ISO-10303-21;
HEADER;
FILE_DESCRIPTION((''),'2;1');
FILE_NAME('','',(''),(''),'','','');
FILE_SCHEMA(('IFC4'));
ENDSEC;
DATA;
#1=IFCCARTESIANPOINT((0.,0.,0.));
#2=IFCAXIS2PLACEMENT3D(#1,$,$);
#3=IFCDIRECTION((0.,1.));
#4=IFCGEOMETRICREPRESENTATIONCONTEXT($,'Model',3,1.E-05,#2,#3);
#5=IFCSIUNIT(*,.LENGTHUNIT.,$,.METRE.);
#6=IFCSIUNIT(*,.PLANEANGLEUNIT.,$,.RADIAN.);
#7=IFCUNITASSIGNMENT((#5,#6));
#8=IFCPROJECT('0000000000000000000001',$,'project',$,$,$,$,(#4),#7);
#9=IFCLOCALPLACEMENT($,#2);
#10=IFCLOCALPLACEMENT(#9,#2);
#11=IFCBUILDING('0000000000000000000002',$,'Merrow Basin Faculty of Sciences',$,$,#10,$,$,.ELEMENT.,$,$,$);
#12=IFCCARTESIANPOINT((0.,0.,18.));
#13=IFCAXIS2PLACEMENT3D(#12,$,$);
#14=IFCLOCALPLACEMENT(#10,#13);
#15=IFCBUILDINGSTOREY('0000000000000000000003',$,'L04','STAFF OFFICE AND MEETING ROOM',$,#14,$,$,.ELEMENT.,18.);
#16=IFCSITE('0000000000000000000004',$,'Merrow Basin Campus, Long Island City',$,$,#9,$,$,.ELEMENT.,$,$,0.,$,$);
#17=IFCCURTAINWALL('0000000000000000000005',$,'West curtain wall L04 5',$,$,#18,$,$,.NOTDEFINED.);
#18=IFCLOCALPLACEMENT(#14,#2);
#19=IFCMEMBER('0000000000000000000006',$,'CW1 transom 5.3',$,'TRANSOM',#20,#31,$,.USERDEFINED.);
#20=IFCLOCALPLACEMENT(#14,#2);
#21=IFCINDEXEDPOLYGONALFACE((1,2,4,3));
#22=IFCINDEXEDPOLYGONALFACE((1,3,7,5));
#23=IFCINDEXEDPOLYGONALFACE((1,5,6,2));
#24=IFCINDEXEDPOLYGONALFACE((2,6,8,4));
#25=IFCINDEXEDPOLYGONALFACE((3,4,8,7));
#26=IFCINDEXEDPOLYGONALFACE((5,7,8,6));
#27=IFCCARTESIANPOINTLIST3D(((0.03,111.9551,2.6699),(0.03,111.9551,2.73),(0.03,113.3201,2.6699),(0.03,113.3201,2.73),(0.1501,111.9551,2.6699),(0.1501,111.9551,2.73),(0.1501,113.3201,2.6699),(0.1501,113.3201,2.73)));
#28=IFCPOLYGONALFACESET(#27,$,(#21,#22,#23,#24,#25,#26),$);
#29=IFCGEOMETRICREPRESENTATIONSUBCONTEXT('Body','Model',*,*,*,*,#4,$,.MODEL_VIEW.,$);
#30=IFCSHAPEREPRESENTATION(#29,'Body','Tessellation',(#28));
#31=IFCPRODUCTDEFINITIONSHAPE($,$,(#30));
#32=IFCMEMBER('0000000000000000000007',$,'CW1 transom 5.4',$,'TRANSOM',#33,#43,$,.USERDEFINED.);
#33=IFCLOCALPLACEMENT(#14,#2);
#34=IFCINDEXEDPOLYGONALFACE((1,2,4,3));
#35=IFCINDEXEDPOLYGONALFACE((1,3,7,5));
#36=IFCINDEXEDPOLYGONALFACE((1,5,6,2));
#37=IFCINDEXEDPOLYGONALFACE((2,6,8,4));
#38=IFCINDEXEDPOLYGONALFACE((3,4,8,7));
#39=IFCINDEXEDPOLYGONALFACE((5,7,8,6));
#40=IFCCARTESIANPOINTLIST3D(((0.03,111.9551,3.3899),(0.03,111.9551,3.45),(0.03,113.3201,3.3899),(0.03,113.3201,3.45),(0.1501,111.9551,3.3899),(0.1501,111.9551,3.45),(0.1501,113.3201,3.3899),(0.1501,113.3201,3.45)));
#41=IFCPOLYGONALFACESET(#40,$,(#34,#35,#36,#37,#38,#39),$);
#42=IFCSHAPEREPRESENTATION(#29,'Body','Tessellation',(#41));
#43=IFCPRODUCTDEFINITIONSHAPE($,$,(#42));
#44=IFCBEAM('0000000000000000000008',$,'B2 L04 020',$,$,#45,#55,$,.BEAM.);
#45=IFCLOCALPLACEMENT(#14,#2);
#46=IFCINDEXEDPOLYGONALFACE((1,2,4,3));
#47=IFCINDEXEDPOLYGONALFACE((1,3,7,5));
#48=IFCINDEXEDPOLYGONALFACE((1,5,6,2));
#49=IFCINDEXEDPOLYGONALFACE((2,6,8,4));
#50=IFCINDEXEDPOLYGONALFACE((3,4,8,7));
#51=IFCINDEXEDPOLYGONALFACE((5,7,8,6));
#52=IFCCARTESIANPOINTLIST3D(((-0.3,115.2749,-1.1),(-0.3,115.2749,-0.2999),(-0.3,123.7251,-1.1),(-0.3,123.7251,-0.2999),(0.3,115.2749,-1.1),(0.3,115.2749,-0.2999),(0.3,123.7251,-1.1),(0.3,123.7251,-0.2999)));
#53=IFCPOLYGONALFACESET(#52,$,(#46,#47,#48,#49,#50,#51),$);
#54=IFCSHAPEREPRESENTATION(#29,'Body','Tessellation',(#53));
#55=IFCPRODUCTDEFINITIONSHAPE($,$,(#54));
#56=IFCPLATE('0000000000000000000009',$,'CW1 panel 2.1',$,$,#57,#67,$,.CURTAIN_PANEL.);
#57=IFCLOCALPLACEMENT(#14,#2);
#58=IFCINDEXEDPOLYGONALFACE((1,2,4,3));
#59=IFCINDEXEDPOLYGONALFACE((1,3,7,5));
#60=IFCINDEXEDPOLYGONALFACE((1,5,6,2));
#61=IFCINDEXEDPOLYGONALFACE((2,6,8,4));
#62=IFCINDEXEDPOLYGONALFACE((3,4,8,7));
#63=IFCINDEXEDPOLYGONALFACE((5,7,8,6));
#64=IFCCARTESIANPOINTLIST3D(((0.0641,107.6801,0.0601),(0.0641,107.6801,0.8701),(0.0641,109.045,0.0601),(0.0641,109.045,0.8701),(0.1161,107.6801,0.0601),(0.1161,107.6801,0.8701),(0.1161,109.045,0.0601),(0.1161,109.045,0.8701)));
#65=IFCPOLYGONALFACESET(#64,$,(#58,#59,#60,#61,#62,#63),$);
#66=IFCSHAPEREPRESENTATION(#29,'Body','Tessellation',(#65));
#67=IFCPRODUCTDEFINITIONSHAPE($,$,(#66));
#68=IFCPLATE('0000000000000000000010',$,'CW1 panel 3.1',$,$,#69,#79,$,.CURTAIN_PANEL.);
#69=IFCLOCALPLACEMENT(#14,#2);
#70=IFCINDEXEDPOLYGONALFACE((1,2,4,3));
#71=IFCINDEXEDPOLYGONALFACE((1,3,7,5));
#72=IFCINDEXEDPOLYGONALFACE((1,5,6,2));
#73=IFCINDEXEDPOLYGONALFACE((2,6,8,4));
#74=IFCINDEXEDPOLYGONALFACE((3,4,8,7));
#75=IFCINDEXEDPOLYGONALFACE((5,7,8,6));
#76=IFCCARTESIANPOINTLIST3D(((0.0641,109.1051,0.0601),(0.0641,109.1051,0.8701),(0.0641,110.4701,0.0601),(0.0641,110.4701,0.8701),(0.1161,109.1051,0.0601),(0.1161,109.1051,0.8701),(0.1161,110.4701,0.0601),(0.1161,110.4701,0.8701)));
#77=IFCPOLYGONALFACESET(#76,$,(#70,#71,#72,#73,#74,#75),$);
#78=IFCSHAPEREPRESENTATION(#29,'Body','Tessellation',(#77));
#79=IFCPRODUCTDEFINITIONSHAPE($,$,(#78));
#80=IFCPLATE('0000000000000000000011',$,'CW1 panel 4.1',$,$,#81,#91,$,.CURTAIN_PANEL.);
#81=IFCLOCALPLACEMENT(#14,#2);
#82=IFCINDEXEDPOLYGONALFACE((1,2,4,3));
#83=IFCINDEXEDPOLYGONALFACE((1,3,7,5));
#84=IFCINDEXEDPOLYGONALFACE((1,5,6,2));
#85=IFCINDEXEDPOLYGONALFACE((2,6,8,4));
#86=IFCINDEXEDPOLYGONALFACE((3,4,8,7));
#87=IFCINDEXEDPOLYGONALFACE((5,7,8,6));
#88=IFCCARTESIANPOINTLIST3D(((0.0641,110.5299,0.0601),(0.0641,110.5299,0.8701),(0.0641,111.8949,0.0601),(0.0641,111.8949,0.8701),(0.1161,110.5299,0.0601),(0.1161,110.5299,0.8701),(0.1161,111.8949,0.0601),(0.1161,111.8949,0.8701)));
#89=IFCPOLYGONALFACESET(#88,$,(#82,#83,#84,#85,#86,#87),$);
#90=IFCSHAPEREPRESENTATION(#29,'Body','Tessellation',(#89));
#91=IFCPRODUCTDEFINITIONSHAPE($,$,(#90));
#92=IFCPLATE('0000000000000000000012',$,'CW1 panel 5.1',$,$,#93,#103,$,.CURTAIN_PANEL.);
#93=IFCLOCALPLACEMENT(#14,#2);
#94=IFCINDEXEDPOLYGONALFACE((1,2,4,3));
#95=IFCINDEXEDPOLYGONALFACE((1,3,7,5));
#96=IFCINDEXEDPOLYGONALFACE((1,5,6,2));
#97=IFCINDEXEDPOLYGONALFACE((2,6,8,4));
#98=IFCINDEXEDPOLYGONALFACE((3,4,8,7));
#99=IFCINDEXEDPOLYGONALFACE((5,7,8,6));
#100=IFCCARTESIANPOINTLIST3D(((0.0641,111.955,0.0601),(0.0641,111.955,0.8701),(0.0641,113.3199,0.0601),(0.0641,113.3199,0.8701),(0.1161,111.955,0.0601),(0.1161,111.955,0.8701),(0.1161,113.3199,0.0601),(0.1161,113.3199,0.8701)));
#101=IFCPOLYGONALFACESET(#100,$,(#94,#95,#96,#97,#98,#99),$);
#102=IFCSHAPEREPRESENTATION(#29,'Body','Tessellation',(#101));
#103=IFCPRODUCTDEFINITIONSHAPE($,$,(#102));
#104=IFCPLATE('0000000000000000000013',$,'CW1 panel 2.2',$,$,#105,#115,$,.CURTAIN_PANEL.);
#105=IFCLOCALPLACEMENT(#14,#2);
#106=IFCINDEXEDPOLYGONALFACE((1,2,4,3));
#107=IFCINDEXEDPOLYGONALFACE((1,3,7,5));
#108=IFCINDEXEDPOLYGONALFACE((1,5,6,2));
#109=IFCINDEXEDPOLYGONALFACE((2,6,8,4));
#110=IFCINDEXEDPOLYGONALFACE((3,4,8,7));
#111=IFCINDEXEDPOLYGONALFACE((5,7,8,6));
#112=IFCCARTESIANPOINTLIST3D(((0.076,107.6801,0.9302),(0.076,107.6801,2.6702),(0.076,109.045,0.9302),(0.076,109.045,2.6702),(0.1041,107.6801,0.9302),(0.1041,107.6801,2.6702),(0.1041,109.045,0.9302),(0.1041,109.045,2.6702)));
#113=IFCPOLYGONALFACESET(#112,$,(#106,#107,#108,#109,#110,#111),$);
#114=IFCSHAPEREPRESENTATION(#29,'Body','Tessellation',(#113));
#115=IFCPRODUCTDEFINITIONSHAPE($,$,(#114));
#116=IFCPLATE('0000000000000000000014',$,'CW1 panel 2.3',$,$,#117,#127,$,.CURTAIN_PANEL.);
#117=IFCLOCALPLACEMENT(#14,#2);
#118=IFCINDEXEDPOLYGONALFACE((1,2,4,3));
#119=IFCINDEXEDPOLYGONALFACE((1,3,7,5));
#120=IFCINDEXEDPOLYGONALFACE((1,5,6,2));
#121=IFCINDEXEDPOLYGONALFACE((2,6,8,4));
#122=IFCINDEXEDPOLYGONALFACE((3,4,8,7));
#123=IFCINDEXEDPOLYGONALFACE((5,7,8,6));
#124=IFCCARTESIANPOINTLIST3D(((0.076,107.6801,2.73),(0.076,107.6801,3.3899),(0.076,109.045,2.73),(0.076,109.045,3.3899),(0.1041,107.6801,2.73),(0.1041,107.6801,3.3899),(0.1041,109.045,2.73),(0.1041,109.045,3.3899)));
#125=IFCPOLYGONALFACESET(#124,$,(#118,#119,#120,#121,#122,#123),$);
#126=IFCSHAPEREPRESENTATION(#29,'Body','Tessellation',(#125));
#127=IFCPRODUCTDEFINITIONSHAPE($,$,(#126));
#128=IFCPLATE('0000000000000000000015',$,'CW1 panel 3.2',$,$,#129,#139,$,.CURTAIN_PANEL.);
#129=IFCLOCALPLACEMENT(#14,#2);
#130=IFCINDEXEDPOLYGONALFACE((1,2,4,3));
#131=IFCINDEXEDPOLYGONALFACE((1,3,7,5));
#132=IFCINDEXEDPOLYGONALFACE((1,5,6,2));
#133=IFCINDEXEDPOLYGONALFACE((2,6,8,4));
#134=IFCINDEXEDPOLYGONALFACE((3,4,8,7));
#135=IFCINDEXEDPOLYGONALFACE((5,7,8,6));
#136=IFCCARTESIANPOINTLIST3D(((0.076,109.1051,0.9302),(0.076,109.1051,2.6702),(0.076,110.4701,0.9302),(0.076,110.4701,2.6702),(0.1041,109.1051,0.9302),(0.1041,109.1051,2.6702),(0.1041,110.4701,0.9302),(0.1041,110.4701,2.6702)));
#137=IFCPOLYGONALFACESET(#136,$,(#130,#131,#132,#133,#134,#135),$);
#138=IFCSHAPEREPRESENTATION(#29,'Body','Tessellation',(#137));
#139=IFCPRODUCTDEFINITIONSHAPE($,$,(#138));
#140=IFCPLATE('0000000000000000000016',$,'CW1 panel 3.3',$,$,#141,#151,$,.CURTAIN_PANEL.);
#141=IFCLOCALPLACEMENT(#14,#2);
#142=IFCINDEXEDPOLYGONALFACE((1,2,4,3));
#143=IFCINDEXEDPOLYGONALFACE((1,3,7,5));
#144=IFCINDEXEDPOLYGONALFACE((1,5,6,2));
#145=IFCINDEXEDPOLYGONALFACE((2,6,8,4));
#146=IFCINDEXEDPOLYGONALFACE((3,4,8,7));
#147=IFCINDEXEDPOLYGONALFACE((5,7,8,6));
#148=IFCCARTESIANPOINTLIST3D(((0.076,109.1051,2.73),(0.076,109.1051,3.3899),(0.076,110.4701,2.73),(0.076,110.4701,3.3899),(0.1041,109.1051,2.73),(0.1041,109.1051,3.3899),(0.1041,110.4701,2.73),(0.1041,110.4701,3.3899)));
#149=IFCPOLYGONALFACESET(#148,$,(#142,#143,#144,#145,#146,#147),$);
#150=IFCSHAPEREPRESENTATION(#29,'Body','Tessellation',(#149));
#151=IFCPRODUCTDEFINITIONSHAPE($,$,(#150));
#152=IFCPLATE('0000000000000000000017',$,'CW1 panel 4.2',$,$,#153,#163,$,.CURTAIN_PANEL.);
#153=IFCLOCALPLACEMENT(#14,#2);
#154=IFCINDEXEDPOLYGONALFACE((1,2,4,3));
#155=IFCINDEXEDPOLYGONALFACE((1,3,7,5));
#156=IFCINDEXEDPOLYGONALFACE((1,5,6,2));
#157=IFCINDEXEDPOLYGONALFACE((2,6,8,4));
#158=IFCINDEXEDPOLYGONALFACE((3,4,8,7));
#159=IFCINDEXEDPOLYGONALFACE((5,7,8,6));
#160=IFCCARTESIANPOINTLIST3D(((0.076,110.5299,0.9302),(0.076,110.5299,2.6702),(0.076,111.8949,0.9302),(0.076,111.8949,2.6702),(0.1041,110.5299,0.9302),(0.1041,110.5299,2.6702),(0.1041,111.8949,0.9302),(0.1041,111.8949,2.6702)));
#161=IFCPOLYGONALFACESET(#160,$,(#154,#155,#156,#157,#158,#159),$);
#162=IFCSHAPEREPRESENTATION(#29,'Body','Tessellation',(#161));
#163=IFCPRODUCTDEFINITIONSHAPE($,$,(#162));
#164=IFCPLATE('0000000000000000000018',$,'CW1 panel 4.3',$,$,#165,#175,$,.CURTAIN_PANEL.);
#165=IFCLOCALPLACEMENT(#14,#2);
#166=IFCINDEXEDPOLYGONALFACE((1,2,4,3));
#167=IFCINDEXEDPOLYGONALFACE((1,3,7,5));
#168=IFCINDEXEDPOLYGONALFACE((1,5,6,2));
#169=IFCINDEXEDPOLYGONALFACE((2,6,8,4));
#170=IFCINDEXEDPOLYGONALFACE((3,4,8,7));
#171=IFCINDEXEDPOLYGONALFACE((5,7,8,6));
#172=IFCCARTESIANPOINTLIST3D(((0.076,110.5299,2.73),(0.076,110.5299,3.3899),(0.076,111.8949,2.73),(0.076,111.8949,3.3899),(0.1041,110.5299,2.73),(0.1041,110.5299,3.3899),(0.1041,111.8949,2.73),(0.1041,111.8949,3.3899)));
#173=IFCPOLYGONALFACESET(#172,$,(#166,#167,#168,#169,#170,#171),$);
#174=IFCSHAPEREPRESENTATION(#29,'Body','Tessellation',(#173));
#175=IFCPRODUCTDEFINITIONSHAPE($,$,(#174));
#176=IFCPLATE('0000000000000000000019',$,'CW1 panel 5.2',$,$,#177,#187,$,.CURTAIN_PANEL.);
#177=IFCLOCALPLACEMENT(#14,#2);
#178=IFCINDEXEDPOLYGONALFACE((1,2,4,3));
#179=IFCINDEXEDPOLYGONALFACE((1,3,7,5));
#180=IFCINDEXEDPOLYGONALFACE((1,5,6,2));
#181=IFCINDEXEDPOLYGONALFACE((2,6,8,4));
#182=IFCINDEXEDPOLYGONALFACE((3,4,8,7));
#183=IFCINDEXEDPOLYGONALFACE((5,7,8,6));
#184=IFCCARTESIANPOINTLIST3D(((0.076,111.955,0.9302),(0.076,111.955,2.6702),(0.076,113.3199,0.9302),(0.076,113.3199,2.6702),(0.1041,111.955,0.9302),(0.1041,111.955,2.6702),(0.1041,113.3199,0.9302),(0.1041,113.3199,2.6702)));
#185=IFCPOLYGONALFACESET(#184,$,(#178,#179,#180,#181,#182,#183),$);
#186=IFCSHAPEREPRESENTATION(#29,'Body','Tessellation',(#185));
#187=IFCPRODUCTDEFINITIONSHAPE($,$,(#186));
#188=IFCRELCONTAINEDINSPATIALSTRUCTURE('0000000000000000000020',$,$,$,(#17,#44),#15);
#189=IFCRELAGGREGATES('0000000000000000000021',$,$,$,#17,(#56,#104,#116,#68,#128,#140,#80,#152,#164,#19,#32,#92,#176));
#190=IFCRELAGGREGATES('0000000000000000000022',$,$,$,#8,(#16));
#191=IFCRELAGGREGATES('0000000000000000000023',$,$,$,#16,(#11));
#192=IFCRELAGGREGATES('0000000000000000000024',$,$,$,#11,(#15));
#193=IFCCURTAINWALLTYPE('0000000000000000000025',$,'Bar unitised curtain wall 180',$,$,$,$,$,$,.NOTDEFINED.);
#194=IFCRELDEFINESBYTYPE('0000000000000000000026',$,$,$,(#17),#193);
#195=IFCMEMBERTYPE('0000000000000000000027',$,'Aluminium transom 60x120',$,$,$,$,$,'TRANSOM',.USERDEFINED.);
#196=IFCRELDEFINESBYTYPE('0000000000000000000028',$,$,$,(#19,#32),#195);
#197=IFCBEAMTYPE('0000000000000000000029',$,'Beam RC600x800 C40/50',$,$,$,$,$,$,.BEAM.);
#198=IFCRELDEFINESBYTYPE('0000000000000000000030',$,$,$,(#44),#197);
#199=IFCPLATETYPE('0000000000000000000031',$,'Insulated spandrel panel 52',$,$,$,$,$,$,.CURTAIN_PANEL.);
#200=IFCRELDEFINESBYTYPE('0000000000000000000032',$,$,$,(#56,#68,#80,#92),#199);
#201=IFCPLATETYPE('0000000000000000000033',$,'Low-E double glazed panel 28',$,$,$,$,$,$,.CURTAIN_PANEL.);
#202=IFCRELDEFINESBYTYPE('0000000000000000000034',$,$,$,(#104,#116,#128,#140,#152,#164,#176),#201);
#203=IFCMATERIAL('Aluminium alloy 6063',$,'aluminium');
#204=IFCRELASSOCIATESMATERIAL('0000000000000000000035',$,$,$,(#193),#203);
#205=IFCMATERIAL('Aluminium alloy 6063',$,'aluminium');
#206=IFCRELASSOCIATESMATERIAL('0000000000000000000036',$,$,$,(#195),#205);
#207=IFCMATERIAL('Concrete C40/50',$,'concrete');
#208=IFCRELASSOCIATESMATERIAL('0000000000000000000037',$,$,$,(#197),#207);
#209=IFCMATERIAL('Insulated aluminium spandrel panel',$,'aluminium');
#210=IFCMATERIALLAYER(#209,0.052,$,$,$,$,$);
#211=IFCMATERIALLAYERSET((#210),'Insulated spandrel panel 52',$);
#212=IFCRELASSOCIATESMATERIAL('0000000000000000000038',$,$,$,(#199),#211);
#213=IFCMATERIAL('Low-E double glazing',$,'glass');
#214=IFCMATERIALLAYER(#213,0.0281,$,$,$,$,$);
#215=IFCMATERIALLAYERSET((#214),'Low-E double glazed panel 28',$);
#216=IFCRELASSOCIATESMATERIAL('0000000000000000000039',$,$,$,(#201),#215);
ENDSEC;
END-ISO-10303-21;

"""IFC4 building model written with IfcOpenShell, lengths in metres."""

from ifc_helpers import new_model, si_unit, direction, frame, origin, origin_2d, place, context, subcontext, project, spatial, rectangle, extrude, material, layer, layer_set, material_profile, profile_set, type_object, element, aggregate, save


model = new_model("IFC4")

# Units and contexts
model_context = context("Model", 3, precision=1e-05, world=origin(), true_north=direction((0.0, 1.0)))
body_context = subcontext(model_context, "Body", "Model", "MODEL_VIEW")
ifc_project = project(units=[si_unit("LENGTHUNIT", "METRE"), si_unit("PLANEANGLEUNIT", "RADIAN")], contexts=[model_context])

# Site, building, storey
site_placement = place(None, origin())
site = spatial("IfcSite", under=ifc_project, at=site_placement, Name="Merrow Basin Campus, Long Island City", CompositionType="ELEMENT", RefElevation=0.0)
building_placement = place(site_placement, origin())
building = spatial("IfcBuilding", under=site, at=building_placement, Name="Merrow Basin Faculty of Sciences", CompositionType="ELEMENT")
storey_placement = place(building_placement, frame((0.0, 0.0, 18.0)))
storey = spatial("IfcBuildingStorey", under=building, at=storey_placement, Name="L04", Description="STAFF OFFICE AND MEETING ROOM", CompositionType="ELEMENT", Elevation=18.0)

# Curtain wall, members
ifc_material_1 = material(Name="Aluminium alloy 6063", Category="aluminium")
curtain_wall_type = type_object("IfcCurtainWallType", Name="Bar unitised curtain wall 180", PredefinedType="NOTDEFINED", material=ifc_material_1)
curtain_wall_placement = place(storey_placement, origin())
curtain_wall = element("IfcCurtainWall", 1, at=curtain_wall_placement, inside=storey, type_object=curtain_wall_type, Name="West curtain wall L04 5", PredefinedType="NOTDEFINED")
ifc_material_2 = material(Name="Aluminium alloy 6063", Category="aluminium")
ifc_material_profile_1 = material_profile(ifc_material_2, rectangle(XDim=0.1201, YDim=0.0601, at=origin_2d()))
ifc_profile_set_1 = profile_set([ifc_material_profile_1], Name="Aluminium alloy 6063")
member_type_1 = type_object("IfcMemberType", Name="Aluminium transom 60x120", ElementType="TRANSOM", PredefinedType="USERDEFINED", material=ifc_profile_set_1)
member_1_placement = place(storey_placement, frame((0.0901, 111.9551, 2.7), z_axis=(0.0, 1.0, 0.0), x_axis=(-1.0, 0.0, 0.0)))
member_1 = element("IfcMember", 2, at=member_1_placement, type_object=member_type_1, Name="CW1 transom 5.3", ObjectType="TRANSOM", PredefinedType="USERDEFINED", context=body_context, shape_type="SweptSolid", body=[
    extrude(rectangle(XDim=0.1201, YDim=0.0601, at=origin_2d()), origin(), (0.0, 0.0, 1.0), 1.365),
])
member_2_placement = place(storey_placement, frame((0.0901, 111.9551, 3.4199), z_axis=(0.0, 1.0, 0.0), x_axis=(-1.0, 0.0, 0.0)))
member_2 = element("IfcMember", 3, at=member_2_placement, type_object=member_type_1, Name="CW1 transom 5.4", ObjectType="TRANSOM", PredefinedType="USERDEFINED", context=body_context, shape_type="SweptSolid", body=[
    extrude(rectangle(XDim=0.1201, YDim=0.0601, at=origin_2d()), origin(), (0.0, 0.0, 1.0), 1.365),
])

# Beam
ifc_material_3 = material(Name="Concrete C40/50", Category="concrete")
ifc_material_profile_2 = material_profile(ifc_material_3, rectangle(XDim=0.6001, YDim=0.8, at=origin_2d()))
ifc_profile_set_2 = profile_set([ifc_material_profile_2], Name="Concrete C40/50")
beam_type = type_object("IfcBeamType", Name="Beam RC600x800 C40/50", PredefinedType="BEAM", material=ifc_profile_set_2)
beam_placement = place(storey_placement, frame((0.0, 115.2749, -0.7), z_axis=(0.0, 1.0, 0.0), x_axis=(-1.0, 0.0, 0.0)))
element("IfcBeam", 4, at=beam_placement, inside=storey, type_object=beam_type, Name="B2 L04 020", PredefinedType="BEAM", context=body_context, shape_type="SweptSolid", body=[
    extrude(rectangle(XDim=0.6001, YDim=0.8, at=origin_2d()), origin(), (0.0, 0.0, 1.0), 8.4502),
])

# Plates
ifc_material_4 = material(Name="Insulated aluminium spandrel panel", Category="aluminium")
ifc_layer_1 = layer(ifc_material_4, 0.052)
ifc_layer_set_1 = layer_set([ifc_layer_1], Name="Insulated spandrel panel 52")
plate_type_1 = type_object("IfcPlateType", Name="Insulated spandrel panel 52", PredefinedType="CURTAIN_PANEL", material=ifc_layer_set_1)
plate_1_placement = place(storey_placement, frame((0.0901, 108.3625, 0.0601), z_axis=(0.0, 0.0, 1.0), x_axis=(0.0, 1.0, 0.0)))
plate_1 = element("IfcPlate", 5, at=plate_1_placement, type_object=plate_type_1, Name="CW1 panel 2.1", PredefinedType="CURTAIN_PANEL", context=body_context, shape_type="SweptSolid", body=[
    extrude(rectangle(XDim=1.365, YDim=0.052, at=origin_2d()), origin(), (0.0, 0.0, 1.0), 0.8101),
])
plate_2_placement = place(storey_placement, frame((0.0901, 109.7876, 0.0601), z_axis=(0.0, 0.0, 1.0), x_axis=(0.0, 1.0, 0.0)))
plate_2 = element("IfcPlate", 6, at=plate_2_placement, type_object=plate_type_1, Name="CW1 panel 3.1", PredefinedType="CURTAIN_PANEL", context=body_context, shape_type="SweptSolid", body=[
    extrude(rectangle(XDim=1.365, YDim=0.052, at=origin_2d()), origin(), (0.0, 0.0, 1.0), 0.8101),
])
plate_3_placement = place(storey_placement, frame((0.0901, 111.2124, 0.0601), z_axis=(0.0, 0.0, 1.0), x_axis=(0.0, 1.0, 0.0)))
plate_3 = element("IfcPlate", 7, at=plate_3_placement, type_object=plate_type_1, Name="CW1 panel 4.1", PredefinedType="CURTAIN_PANEL", context=body_context, shape_type="SweptSolid", body=[
    extrude(rectangle(XDim=1.365, YDim=0.052, at=origin_2d()), origin(), (0.0, 0.0, 1.0), 0.8101),
])
plate_4_placement = place(storey_placement, frame((0.0901, 112.6375, 0.0601), z_axis=(0.0, 0.0, 1.0), x_axis=(0.0, 1.0, 0.0)))
plate_4 = element("IfcPlate", 8, at=plate_4_placement, type_object=plate_type_1, Name="CW1 panel 5.1", PredefinedType="CURTAIN_PANEL", context=body_context, shape_type="SweptSolid", body=[
    extrude(rectangle(XDim=1.365, YDim=0.052, at=origin_2d()), origin(), (0.0, 0.0, 1.0), 0.8101),
])
ifc_material_5 = material(Name="Low-E double glazing", Category="glass")
ifc_layer_2 = layer(ifc_material_5, 0.0281)
ifc_layer_set_2 = layer_set([ifc_layer_2], Name="Low-E double glazed panel 28")
plate_type_2 = type_object("IfcPlateType", Name="Low-E double glazed panel 28", PredefinedType="CURTAIN_PANEL", material=ifc_layer_set_2)
plate_5_placement = place(storey_placement, frame((0.0901, 108.3625, 0.9302), z_axis=(0.0, 0.0, 1.0), x_axis=(0.0, 1.0, 0.0)))
plate_5 = element("IfcPlate", 9, at=plate_5_placement, type_object=plate_type_2, Name="CW1 panel 2.2", PredefinedType="CURTAIN_PANEL", context=body_context, shape_type="SweptSolid", body=[
    extrude(rectangle(XDim=1.365, YDim=0.0281, at=origin_2d()), origin(), (0.0, 0.0, 1.0), 1.74),
])
plate_6_placement = place(storey_placement, frame((0.0901, 108.3625, 2.73), z_axis=(0.0, 0.0, 1.0), x_axis=(0.0, 1.0, 0.0)))
plate_6 = element("IfcPlate", 10, at=plate_6_placement, type_object=plate_type_2, Name="CW1 panel 2.3", PredefinedType="CURTAIN_PANEL", context=body_context, shape_type="SweptSolid", body=[
    extrude(rectangle(XDim=1.365, YDim=0.0281, at=origin_2d()), origin(), (0.0, 0.0, 1.0), 0.6599),
])
plate_7_placement = place(storey_placement, frame((0.0901, 109.7876, 0.9302), z_axis=(0.0, 0.0, 1.0), x_axis=(0.0, 1.0, 0.0)))
plate_7 = element("IfcPlate", 11, at=plate_7_placement, type_object=plate_type_2, Name="CW1 panel 3.2", PredefinedType="CURTAIN_PANEL", context=body_context, shape_type="SweptSolid", body=[
    extrude(rectangle(XDim=1.365, YDim=0.0281, at=origin_2d()), origin(), (0.0, 0.0, 1.0), 1.74),
])
plate_8_placement = place(storey_placement, frame((0.0901, 109.7876, 2.73), z_axis=(0.0, 0.0, 1.0), x_axis=(0.0, 1.0, 0.0)))
plate_8 = element("IfcPlate", 12, at=plate_8_placement, type_object=plate_type_2, Name="CW1 panel 3.3", PredefinedType="CURTAIN_PANEL", context=body_context, shape_type="SweptSolid", body=[
    extrude(rectangle(XDim=1.365, YDim=0.0281, at=origin_2d()), origin(), (0.0, 0.0, 1.0), 0.6599),
])
plate_9_placement = place(storey_placement, frame((0.0901, 111.2124, 0.9302), z_axis=(0.0, 0.0, 1.0), x_axis=(0.0, 1.0, 0.0)))
plate_9 = element("IfcPlate", 13, at=plate_9_placement, type_object=plate_type_2, Name="CW1 panel 4.2", PredefinedType="CURTAIN_PANEL", context=body_context, shape_type="SweptSolid", body=[
    extrude(rectangle(XDim=1.365, YDim=0.0281, at=origin_2d()), origin(), (0.0, 0.0, 1.0), 1.74),
])
plate_10_placement = place(storey_placement, frame((0.0901, 111.2124, 2.73), z_axis=(0.0, 0.0, 1.0), x_axis=(0.0, 1.0, 0.0)))
plate_10 = element("IfcPlate", 14, at=plate_10_placement, type_object=plate_type_2, Name="CW1 panel 4.3", PredefinedType="CURTAIN_PANEL", context=body_context, shape_type="SweptSolid", body=[
    extrude(rectangle(XDim=1.365, YDim=0.0281, at=origin_2d()), origin(), (0.0, 0.0, 1.0), 0.6599),
])
plate_11_placement = place(storey_placement, frame((0.0901, 112.6375, 0.9302), z_axis=(0.0, 0.0, 1.0), x_axis=(0.0, 1.0, 0.0)))
plate_11 = element("IfcPlate", 15, at=plate_11_placement, type_object=plate_type_2, Name="CW1 panel 5.2", PredefinedType="CURTAIN_PANEL", context=body_context, shape_type="SweptSolid", body=[
    extrude(rectangle(XDim=1.365, YDim=0.0281, at=origin_2d()), origin(), (0.0, 0.0, 1.0), 1.74),
])
aggregate(curtain_wall, [plate_1, plate_5, plate_6, plate_2, plate_7, plate_8, plate_3, plate_9, plate_10, member_1, member_2, plate_4, plate_11])

save(model, "model.ifc")
